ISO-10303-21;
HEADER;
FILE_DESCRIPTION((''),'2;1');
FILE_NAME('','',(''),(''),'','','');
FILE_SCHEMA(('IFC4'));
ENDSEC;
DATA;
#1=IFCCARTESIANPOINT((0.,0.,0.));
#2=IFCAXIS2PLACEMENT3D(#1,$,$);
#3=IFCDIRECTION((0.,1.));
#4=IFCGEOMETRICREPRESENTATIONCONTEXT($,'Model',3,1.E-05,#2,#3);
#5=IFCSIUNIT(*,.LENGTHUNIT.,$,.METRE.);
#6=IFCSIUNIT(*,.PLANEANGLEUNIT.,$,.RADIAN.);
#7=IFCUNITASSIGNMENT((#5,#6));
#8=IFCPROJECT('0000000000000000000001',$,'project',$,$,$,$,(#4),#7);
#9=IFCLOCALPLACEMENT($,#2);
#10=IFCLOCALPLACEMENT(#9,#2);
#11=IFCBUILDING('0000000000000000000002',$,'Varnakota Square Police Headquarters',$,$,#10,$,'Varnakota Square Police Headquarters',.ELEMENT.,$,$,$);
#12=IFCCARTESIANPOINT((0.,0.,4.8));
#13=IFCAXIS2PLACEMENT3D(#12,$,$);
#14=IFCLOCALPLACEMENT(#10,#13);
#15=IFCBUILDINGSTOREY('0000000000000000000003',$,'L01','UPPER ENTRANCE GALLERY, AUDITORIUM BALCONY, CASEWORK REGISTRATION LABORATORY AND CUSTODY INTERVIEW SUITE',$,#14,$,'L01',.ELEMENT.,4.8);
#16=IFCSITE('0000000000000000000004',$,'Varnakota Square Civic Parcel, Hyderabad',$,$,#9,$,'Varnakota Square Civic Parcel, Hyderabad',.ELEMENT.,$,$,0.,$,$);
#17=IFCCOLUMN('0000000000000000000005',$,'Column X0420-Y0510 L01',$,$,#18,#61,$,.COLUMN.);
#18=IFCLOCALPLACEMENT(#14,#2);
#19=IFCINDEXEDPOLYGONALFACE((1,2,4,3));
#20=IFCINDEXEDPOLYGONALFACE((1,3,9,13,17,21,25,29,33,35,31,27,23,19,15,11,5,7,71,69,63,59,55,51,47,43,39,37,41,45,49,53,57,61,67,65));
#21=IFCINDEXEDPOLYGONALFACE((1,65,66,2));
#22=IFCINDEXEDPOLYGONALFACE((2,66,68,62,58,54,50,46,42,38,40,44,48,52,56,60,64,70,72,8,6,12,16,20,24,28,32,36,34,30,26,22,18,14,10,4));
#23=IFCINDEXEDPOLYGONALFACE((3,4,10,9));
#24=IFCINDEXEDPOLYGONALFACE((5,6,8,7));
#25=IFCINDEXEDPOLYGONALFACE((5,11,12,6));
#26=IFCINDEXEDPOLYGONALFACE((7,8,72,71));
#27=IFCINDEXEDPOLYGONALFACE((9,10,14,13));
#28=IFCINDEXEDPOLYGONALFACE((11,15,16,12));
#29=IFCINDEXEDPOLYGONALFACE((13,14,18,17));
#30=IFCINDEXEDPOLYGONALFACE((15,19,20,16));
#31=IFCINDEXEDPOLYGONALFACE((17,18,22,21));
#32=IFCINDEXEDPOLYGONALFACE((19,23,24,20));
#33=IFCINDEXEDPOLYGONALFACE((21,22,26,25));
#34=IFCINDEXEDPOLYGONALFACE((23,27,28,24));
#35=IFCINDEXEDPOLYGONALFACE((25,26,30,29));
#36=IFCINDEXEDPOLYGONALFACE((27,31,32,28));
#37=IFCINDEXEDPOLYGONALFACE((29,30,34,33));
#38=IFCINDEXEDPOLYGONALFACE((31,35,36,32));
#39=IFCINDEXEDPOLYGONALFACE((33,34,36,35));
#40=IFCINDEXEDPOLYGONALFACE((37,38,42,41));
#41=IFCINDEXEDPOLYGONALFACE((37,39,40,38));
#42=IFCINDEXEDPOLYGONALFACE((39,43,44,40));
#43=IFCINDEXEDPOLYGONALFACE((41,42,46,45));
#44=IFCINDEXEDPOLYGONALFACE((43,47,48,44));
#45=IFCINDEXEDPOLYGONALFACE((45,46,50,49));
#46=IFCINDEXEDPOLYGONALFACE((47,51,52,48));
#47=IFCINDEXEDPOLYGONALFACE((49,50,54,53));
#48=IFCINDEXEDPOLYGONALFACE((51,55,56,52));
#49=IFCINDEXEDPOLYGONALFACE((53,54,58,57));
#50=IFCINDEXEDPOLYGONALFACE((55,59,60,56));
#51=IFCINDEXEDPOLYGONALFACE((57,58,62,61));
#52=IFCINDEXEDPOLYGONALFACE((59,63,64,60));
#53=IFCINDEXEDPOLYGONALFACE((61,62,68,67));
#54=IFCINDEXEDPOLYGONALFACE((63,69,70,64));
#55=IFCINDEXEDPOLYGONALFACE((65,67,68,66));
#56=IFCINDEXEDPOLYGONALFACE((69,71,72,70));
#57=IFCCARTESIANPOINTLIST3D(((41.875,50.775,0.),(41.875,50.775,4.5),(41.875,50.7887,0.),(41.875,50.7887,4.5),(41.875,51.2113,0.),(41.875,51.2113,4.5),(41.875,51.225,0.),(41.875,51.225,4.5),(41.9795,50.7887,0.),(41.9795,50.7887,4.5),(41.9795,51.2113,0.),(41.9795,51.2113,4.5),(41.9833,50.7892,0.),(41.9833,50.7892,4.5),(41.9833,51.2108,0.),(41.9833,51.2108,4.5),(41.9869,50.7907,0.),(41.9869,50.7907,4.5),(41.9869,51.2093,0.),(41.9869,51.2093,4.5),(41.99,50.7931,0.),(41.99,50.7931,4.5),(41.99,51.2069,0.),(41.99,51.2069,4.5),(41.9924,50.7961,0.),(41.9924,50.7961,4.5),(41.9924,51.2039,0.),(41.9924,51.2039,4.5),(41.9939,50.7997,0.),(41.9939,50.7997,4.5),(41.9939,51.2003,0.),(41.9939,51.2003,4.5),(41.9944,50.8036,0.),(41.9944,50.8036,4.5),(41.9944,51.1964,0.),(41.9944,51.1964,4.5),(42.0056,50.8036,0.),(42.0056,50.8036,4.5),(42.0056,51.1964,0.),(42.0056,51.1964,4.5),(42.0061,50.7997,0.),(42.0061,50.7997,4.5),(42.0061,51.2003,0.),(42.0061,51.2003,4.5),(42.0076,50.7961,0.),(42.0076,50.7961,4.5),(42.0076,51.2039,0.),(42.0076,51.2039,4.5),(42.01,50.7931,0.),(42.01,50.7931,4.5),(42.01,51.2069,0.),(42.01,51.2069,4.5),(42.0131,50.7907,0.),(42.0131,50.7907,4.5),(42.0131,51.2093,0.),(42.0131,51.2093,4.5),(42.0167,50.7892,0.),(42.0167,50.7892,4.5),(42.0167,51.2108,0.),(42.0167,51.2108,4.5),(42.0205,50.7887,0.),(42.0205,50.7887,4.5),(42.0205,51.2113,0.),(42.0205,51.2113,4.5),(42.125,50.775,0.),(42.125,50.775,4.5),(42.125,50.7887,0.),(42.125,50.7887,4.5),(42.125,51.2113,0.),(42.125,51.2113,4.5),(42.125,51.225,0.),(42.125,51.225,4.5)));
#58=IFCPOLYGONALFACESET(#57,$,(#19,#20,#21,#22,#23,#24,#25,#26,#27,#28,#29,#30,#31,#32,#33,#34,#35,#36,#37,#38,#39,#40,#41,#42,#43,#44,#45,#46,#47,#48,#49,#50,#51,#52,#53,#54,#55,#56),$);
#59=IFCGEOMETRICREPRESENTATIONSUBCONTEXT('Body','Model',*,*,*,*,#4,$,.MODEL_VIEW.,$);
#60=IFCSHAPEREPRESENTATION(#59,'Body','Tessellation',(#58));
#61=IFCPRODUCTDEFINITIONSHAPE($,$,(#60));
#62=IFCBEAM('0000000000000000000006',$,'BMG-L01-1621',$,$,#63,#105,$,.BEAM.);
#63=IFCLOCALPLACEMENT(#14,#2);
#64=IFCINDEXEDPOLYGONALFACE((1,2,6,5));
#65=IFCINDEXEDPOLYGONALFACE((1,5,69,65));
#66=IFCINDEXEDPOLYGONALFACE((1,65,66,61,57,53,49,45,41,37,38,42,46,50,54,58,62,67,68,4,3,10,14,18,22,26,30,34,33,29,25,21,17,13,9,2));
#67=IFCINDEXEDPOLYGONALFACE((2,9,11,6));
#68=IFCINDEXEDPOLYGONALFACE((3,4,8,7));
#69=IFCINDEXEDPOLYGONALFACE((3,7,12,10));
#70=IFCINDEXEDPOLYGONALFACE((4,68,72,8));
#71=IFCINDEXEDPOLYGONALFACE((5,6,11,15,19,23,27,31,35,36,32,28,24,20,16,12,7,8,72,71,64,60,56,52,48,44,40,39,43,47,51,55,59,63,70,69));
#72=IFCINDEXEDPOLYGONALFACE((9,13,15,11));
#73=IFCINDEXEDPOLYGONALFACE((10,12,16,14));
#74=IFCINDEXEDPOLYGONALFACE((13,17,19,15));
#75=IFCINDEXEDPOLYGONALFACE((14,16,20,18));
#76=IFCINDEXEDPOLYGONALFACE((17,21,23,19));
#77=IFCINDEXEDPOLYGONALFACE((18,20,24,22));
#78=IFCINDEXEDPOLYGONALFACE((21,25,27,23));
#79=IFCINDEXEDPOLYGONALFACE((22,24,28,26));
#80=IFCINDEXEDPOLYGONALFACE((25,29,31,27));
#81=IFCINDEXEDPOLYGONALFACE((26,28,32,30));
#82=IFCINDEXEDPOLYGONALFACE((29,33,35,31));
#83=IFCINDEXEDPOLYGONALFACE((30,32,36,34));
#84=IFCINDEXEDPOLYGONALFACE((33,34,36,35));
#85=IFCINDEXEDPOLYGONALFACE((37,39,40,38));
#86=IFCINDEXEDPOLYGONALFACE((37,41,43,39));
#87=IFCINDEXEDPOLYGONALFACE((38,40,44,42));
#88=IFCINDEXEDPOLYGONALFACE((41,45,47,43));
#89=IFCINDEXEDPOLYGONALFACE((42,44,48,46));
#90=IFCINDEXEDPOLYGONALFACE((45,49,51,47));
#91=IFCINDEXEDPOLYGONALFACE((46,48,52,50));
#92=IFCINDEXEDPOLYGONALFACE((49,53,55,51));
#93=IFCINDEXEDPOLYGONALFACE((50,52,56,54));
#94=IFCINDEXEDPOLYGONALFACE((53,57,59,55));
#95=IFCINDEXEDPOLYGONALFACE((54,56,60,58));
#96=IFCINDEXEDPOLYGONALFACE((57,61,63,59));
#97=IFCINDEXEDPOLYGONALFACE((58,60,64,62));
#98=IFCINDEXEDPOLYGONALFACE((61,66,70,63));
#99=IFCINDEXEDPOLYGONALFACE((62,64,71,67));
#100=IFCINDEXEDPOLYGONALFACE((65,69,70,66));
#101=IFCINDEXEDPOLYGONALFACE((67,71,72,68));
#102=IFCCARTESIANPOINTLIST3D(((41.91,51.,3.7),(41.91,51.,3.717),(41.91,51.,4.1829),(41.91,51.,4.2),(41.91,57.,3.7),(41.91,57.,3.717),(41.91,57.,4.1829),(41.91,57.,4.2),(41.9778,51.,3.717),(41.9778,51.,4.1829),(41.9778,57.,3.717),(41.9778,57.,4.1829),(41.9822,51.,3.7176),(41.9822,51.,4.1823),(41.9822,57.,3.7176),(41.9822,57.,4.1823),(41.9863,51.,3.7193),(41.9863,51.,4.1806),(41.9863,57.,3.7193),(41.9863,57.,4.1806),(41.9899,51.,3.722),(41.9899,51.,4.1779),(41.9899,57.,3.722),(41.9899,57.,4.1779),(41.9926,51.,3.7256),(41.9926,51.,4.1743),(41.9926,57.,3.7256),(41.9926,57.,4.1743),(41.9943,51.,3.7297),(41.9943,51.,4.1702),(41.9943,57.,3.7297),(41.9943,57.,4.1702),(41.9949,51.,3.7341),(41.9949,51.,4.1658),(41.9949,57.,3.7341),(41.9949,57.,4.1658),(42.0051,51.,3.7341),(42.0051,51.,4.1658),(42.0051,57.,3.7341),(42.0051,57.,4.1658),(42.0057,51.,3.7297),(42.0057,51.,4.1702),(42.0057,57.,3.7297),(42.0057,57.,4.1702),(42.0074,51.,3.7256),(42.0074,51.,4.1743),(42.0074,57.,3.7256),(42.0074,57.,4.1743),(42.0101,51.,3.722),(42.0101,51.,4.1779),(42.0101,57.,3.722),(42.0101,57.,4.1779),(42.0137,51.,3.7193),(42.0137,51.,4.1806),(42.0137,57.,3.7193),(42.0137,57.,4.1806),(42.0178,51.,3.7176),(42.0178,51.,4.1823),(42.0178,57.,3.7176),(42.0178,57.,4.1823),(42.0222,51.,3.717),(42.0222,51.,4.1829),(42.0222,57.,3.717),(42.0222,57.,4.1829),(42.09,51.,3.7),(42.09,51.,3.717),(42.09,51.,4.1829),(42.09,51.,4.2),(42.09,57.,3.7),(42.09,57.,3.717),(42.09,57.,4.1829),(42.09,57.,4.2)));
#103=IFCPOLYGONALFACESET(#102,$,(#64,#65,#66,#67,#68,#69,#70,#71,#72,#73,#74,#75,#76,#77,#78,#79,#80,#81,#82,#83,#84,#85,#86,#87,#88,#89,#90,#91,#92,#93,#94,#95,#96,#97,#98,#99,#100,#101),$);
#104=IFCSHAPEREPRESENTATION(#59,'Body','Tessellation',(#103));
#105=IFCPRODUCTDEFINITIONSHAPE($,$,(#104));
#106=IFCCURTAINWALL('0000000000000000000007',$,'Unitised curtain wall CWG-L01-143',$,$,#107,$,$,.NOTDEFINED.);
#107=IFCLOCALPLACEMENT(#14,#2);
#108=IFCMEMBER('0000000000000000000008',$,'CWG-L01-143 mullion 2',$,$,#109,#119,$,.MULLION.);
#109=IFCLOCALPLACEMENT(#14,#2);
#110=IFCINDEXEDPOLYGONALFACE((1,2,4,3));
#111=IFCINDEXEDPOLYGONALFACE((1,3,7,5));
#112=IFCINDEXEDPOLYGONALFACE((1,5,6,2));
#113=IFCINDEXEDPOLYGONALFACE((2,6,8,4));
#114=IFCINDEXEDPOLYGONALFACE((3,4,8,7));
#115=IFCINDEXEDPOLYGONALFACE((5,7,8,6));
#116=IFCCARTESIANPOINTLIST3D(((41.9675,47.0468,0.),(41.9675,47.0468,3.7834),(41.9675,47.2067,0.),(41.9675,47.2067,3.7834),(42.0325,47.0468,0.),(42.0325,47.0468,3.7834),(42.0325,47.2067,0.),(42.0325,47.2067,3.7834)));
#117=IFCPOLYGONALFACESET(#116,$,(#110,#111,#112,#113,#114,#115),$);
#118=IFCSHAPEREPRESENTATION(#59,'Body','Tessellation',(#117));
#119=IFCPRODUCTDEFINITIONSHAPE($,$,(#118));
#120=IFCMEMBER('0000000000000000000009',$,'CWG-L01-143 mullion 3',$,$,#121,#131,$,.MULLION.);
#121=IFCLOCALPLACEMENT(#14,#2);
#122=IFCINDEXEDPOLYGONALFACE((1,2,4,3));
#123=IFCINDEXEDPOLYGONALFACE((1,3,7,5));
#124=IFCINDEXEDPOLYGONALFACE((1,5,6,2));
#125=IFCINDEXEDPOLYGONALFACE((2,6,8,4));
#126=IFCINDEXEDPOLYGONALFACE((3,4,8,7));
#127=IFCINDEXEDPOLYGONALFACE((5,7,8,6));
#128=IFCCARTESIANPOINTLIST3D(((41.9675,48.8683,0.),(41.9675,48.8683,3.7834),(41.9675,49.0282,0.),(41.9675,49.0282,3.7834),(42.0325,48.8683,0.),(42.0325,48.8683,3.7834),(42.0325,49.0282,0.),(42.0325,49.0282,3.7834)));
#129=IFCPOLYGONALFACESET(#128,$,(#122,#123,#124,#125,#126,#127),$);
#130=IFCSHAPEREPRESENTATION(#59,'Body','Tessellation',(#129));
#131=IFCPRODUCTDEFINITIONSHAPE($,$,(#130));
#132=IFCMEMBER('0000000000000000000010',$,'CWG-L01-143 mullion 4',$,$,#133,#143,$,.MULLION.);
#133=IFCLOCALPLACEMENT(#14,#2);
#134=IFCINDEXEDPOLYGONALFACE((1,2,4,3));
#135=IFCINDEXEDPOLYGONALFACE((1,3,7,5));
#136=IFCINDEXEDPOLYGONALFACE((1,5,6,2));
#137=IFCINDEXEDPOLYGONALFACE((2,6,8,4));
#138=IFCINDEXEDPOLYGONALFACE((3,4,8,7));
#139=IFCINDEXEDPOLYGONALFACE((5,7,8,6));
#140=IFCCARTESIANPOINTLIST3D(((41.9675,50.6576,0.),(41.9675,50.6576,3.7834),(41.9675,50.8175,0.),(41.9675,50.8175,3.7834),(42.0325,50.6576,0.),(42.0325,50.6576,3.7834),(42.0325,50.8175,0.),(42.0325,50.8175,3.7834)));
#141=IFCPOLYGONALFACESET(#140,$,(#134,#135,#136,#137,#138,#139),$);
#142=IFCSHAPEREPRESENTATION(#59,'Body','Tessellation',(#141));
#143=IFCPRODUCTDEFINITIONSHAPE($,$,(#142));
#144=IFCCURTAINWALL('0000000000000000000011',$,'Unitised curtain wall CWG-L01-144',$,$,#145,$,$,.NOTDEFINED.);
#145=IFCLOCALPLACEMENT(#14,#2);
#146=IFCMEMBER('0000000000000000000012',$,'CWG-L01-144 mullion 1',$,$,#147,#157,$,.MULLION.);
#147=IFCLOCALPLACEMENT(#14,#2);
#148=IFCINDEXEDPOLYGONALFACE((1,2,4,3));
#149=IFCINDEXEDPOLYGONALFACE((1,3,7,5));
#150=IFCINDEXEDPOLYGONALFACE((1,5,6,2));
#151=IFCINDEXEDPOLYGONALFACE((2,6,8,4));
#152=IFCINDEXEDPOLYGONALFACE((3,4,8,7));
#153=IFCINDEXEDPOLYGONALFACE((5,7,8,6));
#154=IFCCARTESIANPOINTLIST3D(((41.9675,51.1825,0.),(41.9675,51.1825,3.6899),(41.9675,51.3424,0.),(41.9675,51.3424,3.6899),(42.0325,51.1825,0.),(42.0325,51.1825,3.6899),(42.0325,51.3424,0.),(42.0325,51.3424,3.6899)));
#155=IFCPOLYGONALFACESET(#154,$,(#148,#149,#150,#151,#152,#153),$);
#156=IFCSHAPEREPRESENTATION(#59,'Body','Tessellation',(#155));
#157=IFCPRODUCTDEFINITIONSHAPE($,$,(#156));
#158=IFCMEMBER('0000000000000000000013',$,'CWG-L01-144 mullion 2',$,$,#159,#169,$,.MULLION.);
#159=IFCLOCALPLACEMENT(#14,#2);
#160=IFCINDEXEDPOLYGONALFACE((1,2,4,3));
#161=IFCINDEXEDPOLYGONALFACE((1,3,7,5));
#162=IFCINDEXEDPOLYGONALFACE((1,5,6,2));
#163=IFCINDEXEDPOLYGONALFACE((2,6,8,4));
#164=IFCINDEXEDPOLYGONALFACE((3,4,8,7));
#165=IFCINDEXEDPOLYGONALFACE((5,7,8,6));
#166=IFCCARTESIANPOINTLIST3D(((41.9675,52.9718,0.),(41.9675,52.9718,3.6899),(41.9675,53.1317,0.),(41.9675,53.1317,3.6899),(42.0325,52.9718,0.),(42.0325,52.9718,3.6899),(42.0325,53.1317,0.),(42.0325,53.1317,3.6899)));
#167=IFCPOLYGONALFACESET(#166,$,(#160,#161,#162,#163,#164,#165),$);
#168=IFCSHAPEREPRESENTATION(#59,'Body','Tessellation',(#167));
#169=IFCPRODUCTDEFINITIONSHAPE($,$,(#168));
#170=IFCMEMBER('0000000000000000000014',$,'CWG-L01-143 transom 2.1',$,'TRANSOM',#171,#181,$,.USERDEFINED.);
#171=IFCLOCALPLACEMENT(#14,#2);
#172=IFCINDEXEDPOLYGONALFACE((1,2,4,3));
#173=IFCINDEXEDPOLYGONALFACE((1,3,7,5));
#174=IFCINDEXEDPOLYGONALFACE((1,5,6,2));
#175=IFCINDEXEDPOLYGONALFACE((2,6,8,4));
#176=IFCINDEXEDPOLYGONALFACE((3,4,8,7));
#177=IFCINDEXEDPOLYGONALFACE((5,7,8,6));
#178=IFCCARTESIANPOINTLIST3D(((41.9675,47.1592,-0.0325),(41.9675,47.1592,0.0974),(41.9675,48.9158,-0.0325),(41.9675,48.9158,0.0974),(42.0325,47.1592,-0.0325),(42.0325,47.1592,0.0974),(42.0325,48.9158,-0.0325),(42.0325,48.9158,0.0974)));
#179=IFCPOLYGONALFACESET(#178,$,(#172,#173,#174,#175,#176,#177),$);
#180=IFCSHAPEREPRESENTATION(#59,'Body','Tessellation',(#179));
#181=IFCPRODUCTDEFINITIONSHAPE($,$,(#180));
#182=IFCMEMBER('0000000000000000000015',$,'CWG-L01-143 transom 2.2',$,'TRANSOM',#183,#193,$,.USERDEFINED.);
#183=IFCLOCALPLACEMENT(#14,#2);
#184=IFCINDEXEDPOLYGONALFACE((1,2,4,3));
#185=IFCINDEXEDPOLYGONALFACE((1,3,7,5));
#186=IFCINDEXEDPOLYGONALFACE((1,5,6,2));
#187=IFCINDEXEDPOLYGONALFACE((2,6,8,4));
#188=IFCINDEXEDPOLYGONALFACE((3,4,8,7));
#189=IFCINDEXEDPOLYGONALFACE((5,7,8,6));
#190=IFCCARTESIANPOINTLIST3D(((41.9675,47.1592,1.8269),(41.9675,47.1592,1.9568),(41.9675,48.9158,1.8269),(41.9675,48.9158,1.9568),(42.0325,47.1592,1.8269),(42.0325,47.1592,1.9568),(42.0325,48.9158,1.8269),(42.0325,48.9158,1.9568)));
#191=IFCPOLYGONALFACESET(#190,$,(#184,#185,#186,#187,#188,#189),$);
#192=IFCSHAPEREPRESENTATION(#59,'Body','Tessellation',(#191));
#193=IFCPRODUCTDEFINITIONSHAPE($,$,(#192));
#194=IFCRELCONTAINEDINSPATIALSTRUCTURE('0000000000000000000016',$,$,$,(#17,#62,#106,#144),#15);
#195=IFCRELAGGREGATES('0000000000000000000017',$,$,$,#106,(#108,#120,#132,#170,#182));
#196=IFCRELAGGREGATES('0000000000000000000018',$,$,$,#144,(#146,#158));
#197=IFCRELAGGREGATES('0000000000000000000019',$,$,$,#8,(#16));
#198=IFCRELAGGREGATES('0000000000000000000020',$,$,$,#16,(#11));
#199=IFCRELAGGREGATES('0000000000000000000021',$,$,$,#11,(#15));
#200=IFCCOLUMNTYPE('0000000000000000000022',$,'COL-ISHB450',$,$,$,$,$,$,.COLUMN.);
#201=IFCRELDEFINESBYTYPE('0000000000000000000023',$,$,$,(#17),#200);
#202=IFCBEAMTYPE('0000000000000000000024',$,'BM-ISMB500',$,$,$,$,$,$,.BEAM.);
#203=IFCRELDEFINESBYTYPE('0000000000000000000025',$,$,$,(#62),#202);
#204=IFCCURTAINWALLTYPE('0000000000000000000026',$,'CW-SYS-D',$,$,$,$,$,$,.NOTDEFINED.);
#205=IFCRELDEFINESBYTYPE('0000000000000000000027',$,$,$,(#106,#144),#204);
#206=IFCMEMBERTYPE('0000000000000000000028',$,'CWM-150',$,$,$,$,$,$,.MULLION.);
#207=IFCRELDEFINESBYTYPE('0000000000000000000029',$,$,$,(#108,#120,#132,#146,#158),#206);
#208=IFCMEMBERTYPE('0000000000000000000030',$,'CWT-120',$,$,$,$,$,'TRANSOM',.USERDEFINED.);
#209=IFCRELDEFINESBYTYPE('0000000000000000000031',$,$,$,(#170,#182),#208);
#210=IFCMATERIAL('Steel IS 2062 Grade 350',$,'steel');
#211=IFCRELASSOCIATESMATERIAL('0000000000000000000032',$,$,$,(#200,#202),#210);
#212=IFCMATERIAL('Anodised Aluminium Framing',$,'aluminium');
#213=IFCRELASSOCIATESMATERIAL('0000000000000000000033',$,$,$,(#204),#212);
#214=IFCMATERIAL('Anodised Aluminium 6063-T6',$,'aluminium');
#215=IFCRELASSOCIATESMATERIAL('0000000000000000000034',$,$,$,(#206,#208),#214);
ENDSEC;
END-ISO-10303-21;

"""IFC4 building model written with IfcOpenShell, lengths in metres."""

from ifc_helpers import new_model, si_unit, direction, frame, origin, origin_2d, place, context, subcontext, project, spatial, rectangle, i_section, extrude, material, material_profile, profile_set, type_object, element, aggregate, save


model = new_model("IFC4")

# Units and contexts
model_context = context("Model", 3, precision=1e-05, world=origin(), true_north=direction((0.0, 1.0)))
body_context = subcontext(model_context, "Body", "Model", "MODEL_VIEW")
ifc_project = project(units=[si_unit("LENGTHUNIT", "METRE"), si_unit("PLANEANGLEUNIT", "RADIAN")], contexts=[model_context])

# Site, building, storey
site_placement = place(None, origin())
site = spatial("IfcSite", under=ifc_project, at=site_placement, Name="Varnakota Square Civic Parcel, Hyderabad", LongName="Varnakota Square Civic Parcel, Hyderabad", CompositionType="ELEMENT", RefElevation=0.0)
building_placement = place(site_placement, origin())
building = spatial("IfcBuilding", under=site, at=building_placement, Name="Varnakota Square Police Headquarters", LongName="Varnakota Square Police Headquarters", CompositionType="ELEMENT")
storey_placement = place(building_placement, frame((0.0, 0.0, 4.8)))
storey = spatial("IfcBuildingStorey", under=building, at=storey_placement, Name="L01", Description="UPPER ENTRANCE GALLERY, AUDITORIUM BALCONY, CASEWORK REGISTRATION LABORATORY AND CUSTODY INTERVIEW SUITE", LongName="L01", CompositionType="ELEMENT", Elevation=4.8)

# Column
ifc_material_1 = material(Name="Steel IS 2062 Grade 350", Category="steel")
ifc_material_profile_1 = material_profile(ifc_material_1, i_section(OverallWidth=0.25, OverallDepth=0.45, WebThickness=0.0112, FlangeThickness=0.0137, FilletRadius=0.0149, at=origin_2d()), Name="ISHB 450")
ifc_profile_set_1 = profile_set([ifc_material_profile_1], Name="Steel IS 2062 Grade 350")
column_type = type_object("IfcColumnType", Name="COL-ISHB450", PredefinedType="COLUMN", material=ifc_profile_set_1)
column_placement = place(storey_placement, frame((42.0, 51.0, 0.0), z_axis=(0.0, 0.0, 1.0), x_axis=(1.0, 0.0, 0.0)))
element("IfcColumn", 1, at=column_placement, inside=storey, type_object=column_type, Name="Column X0420-Y0510 L01", PredefinedType="COLUMN", context=body_context, shape_type="SweptSolid", body=[
    extrude(i_section(OverallWidth=0.25, OverallDepth=0.45, WebThickness=0.0112, FlangeThickness=0.0137, FilletRadius=0.0149, at=origin_2d()), origin(), (0.0, 0.0, 1.0), 4.5),
])

# Beam
ifc_material_profile_2 = material_profile(ifc_material_1, i_section(OverallWidth=0.1799, OverallDepth=0.5, WebThickness=0.0103, FlangeThickness=0.0171, FilletRadius=0.0171, at=origin_2d()), Name="ISMB 500")
ifc_profile_set_2 = profile_set([ifc_material_profile_2], Name="Steel IS 2062 Grade 350")
beam_type = type_object("IfcBeamType", Name="BM-ISMB500", PredefinedType="BEAM", material=ifc_profile_set_2)
beam_placement = place(storey_placement, frame((42.0, 51.0, 3.95), z_axis=(0.0, 1.0, 0.0), x_axis=(-1.0, 0.0, 0.0)))
element("IfcBeam", 2, at=beam_placement, inside=storey, type_object=beam_type, Name="BMG-L01-1621", PredefinedType="BEAM", context=body_context, shape_type="SweptSolid", body=[
    extrude(i_section(OverallWidth=0.1799, OverallDepth=0.5, WebThickness=0.0103, FlangeThickness=0.0171, FilletRadius=0.0171, at=origin_2d()), origin(), (0.0, 0.0, 1.0), 6.0),
])

# Curtain walls, members
ifc_material_2 = material(Name="Anodised Aluminium Framing", Category="aluminium")
curtain_wall_type = type_object("IfcCurtainWallType", Name="CW-SYS-D", PredefinedType="NOTDEFINED", material=ifc_material_2)
curtain_wall_1_placement = place(storey_placement, origin())
curtain_wall_1 = element("IfcCurtainWall", 3, at=curtain_wall_1_placement, inside=storey, type_object=curtain_wall_type, Name="Unitised curtain wall CWG-L01-143", PredefinedType="NOTDEFINED")
ifc_material_3 = material(Name="Anodised Aluminium 6063-T6", Category="aluminium")
ifc_material_profile_3 = material_profile(ifc_material_3, rectangle(XDim=0.0649, YDim=0.1599, at=origin_2d()), Name="ALU MULLION 65x160")
ifc_profile_set_3 = profile_set([ifc_material_profile_3], Name="Anodised Aluminium 6063-T6")
member_type_1 = type_object("IfcMemberType", Name="CWM-150", PredefinedType="MULLION", material=ifc_profile_set_3)
member_1_placement = place(storey_placement, frame((42.0, 47.1267, 0.0), z_axis=(0.0, 0.0, 1.0), x_axis=(-1.0, 0.0, 0.0)))
member_1 = element("IfcMember", 4, at=member_1_placement, type_object=member_type_1, Name="CWG-L01-143 mullion 2", PredefinedType="MULLION", context=body_context, shape_type="SweptSolid", body=[
    extrude(rectangle(XDim=0.0649, YDim=0.1599, at=origin_2d()), origin(), (0.0, 0.0, 1.0), 3.7834),
])
member_2_placement = place(storey_placement, frame((42.0, 48.9482, 0.0), z_axis=(0.0, 0.0, 1.0), x_axis=(-1.0, 0.0, 0.0)))
member_2 = element("IfcMember", 5, at=member_2_placement, type_object=member_type_1, Name="CWG-L01-143 mullion 3", PredefinedType="MULLION", context=body_context, shape_type="SweptSolid", body=[
    extrude(rectangle(XDim=0.0649, YDim=0.1599, at=origin_2d()), origin(), (0.0, 0.0, 1.0), 3.7834),
])
member_3_placement = place(storey_placement, frame((42.0, 50.7375, 0.0), z_axis=(0.0, 0.0, 1.0), x_axis=(-1.0, 0.0, 0.0)))
member_3 = element("IfcMember", 6, at=member_3_placement, type_object=member_type_1, Name="CWG-L01-143 mullion 4", PredefinedType="MULLION", context=body_context, shape_type="SweptSolid", body=[
    extrude(rectangle(XDim=0.0649, YDim=0.1599, at=origin_2d()), origin(), (0.0, 0.0, 1.0), 3.7834),
])
curtain_wall_2_placement = place(storey_placement, origin())
curtain_wall_2 = element("IfcCurtainWall", 7, at=curtain_wall_2_placement, inside=storey, type_object=curtain_wall_type, Name="Unitised curtain wall CWG-L01-144", PredefinedType="NOTDEFINED")
member_4_placement = place(storey_placement, frame((42.0, 51.2625, 0.0), z_axis=(0.0, 0.0, 1.0), x_axis=(-1.0, 0.0, 0.0)))
member_4 = element("IfcMember", 8, at=member_4_placement, type_object=member_type_1, Name="CWG-L01-144 mullion 1", PredefinedType="MULLION", context=body_context, shape_type="SweptSolid", body=[
    extrude(rectangle(XDim=0.0649, YDim=0.1599, at=origin_2d()), origin(), (0.0, 0.0, 1.0), 3.6899),
])
member_5_placement = place(storey_placement, frame((42.0, 53.0518, 0.0), z_axis=(0.0, 0.0, 1.0), x_axis=(-1.0, 0.0, 0.0)))
member_5 = element("IfcMember", 9, at=member_5_placement, type_object=member_type_1, Name="CWG-L01-144 mullion 2", PredefinedType="MULLION", context=body_context, shape_type="SweptSolid", body=[
    extrude(rectangle(XDim=0.0649, YDim=0.1599, at=origin_2d()), origin(), (0.0, 0.0, 1.0), 3.6899),
])

# Members
ifc_material_profile_4 = material_profile(ifc_material_3, rectangle(XDim=0.0649, YDim=0.1299, at=origin_2d()), Name="ALU TRANSOM 65x130")
ifc_profile_set_4 = profile_set([ifc_material_profile_4], Name="Anodised Aluminium 6063-T6")
member_type_2 = type_object("IfcMemberType", Name="CWT-120", ElementType="TRANSOM", PredefinedType="USERDEFINED", material=ifc_profile_set_4)
member_6_placement = place(storey_placement, frame((42.0, 47.1592, 0.0325), z_axis=(0.0, 1.0, 0.0), x_axis=(-1.0, 0.0, 0.0)))
member_6 = element("IfcMember", 10, at=member_6_placement, type_object=member_type_2, Name="CWG-L01-143 transom 2.1", ObjectType="TRANSOM", PredefinedType="USERDEFINED", context=body_context, shape_type="SweptSolid", body=[
    extrude(rectangle(XDim=0.0649, YDim=0.1299, at=origin_2d()), origin(), (0.0, 0.0, 1.0), 1.7566),
])
member_7_placement = place(storey_placement, frame((42.0, 47.1592, 1.8918), z_axis=(0.0, 1.0, 0.0), x_axis=(-1.0, 0.0, 0.0)))
member_7 = element("IfcMember", 11, at=member_7_placement, type_object=member_type_2, Name="CWG-L01-143 transom 2.2", ObjectType="TRANSOM", PredefinedType="USERDEFINED", context=body_context, shape_type="SweptSolid", body=[
    extrude(rectangle(XDim=0.0649, YDim=0.1299, at=origin_2d()), origin(), (0.0, 0.0, 1.0), 1.7566),
])

aggregate(curtain_wall_1, [member_1, member_2, member_3, member_6, member_7])
aggregate(curtain_wall_2, [member_4, member_5])

save(model, "model.ifc")
